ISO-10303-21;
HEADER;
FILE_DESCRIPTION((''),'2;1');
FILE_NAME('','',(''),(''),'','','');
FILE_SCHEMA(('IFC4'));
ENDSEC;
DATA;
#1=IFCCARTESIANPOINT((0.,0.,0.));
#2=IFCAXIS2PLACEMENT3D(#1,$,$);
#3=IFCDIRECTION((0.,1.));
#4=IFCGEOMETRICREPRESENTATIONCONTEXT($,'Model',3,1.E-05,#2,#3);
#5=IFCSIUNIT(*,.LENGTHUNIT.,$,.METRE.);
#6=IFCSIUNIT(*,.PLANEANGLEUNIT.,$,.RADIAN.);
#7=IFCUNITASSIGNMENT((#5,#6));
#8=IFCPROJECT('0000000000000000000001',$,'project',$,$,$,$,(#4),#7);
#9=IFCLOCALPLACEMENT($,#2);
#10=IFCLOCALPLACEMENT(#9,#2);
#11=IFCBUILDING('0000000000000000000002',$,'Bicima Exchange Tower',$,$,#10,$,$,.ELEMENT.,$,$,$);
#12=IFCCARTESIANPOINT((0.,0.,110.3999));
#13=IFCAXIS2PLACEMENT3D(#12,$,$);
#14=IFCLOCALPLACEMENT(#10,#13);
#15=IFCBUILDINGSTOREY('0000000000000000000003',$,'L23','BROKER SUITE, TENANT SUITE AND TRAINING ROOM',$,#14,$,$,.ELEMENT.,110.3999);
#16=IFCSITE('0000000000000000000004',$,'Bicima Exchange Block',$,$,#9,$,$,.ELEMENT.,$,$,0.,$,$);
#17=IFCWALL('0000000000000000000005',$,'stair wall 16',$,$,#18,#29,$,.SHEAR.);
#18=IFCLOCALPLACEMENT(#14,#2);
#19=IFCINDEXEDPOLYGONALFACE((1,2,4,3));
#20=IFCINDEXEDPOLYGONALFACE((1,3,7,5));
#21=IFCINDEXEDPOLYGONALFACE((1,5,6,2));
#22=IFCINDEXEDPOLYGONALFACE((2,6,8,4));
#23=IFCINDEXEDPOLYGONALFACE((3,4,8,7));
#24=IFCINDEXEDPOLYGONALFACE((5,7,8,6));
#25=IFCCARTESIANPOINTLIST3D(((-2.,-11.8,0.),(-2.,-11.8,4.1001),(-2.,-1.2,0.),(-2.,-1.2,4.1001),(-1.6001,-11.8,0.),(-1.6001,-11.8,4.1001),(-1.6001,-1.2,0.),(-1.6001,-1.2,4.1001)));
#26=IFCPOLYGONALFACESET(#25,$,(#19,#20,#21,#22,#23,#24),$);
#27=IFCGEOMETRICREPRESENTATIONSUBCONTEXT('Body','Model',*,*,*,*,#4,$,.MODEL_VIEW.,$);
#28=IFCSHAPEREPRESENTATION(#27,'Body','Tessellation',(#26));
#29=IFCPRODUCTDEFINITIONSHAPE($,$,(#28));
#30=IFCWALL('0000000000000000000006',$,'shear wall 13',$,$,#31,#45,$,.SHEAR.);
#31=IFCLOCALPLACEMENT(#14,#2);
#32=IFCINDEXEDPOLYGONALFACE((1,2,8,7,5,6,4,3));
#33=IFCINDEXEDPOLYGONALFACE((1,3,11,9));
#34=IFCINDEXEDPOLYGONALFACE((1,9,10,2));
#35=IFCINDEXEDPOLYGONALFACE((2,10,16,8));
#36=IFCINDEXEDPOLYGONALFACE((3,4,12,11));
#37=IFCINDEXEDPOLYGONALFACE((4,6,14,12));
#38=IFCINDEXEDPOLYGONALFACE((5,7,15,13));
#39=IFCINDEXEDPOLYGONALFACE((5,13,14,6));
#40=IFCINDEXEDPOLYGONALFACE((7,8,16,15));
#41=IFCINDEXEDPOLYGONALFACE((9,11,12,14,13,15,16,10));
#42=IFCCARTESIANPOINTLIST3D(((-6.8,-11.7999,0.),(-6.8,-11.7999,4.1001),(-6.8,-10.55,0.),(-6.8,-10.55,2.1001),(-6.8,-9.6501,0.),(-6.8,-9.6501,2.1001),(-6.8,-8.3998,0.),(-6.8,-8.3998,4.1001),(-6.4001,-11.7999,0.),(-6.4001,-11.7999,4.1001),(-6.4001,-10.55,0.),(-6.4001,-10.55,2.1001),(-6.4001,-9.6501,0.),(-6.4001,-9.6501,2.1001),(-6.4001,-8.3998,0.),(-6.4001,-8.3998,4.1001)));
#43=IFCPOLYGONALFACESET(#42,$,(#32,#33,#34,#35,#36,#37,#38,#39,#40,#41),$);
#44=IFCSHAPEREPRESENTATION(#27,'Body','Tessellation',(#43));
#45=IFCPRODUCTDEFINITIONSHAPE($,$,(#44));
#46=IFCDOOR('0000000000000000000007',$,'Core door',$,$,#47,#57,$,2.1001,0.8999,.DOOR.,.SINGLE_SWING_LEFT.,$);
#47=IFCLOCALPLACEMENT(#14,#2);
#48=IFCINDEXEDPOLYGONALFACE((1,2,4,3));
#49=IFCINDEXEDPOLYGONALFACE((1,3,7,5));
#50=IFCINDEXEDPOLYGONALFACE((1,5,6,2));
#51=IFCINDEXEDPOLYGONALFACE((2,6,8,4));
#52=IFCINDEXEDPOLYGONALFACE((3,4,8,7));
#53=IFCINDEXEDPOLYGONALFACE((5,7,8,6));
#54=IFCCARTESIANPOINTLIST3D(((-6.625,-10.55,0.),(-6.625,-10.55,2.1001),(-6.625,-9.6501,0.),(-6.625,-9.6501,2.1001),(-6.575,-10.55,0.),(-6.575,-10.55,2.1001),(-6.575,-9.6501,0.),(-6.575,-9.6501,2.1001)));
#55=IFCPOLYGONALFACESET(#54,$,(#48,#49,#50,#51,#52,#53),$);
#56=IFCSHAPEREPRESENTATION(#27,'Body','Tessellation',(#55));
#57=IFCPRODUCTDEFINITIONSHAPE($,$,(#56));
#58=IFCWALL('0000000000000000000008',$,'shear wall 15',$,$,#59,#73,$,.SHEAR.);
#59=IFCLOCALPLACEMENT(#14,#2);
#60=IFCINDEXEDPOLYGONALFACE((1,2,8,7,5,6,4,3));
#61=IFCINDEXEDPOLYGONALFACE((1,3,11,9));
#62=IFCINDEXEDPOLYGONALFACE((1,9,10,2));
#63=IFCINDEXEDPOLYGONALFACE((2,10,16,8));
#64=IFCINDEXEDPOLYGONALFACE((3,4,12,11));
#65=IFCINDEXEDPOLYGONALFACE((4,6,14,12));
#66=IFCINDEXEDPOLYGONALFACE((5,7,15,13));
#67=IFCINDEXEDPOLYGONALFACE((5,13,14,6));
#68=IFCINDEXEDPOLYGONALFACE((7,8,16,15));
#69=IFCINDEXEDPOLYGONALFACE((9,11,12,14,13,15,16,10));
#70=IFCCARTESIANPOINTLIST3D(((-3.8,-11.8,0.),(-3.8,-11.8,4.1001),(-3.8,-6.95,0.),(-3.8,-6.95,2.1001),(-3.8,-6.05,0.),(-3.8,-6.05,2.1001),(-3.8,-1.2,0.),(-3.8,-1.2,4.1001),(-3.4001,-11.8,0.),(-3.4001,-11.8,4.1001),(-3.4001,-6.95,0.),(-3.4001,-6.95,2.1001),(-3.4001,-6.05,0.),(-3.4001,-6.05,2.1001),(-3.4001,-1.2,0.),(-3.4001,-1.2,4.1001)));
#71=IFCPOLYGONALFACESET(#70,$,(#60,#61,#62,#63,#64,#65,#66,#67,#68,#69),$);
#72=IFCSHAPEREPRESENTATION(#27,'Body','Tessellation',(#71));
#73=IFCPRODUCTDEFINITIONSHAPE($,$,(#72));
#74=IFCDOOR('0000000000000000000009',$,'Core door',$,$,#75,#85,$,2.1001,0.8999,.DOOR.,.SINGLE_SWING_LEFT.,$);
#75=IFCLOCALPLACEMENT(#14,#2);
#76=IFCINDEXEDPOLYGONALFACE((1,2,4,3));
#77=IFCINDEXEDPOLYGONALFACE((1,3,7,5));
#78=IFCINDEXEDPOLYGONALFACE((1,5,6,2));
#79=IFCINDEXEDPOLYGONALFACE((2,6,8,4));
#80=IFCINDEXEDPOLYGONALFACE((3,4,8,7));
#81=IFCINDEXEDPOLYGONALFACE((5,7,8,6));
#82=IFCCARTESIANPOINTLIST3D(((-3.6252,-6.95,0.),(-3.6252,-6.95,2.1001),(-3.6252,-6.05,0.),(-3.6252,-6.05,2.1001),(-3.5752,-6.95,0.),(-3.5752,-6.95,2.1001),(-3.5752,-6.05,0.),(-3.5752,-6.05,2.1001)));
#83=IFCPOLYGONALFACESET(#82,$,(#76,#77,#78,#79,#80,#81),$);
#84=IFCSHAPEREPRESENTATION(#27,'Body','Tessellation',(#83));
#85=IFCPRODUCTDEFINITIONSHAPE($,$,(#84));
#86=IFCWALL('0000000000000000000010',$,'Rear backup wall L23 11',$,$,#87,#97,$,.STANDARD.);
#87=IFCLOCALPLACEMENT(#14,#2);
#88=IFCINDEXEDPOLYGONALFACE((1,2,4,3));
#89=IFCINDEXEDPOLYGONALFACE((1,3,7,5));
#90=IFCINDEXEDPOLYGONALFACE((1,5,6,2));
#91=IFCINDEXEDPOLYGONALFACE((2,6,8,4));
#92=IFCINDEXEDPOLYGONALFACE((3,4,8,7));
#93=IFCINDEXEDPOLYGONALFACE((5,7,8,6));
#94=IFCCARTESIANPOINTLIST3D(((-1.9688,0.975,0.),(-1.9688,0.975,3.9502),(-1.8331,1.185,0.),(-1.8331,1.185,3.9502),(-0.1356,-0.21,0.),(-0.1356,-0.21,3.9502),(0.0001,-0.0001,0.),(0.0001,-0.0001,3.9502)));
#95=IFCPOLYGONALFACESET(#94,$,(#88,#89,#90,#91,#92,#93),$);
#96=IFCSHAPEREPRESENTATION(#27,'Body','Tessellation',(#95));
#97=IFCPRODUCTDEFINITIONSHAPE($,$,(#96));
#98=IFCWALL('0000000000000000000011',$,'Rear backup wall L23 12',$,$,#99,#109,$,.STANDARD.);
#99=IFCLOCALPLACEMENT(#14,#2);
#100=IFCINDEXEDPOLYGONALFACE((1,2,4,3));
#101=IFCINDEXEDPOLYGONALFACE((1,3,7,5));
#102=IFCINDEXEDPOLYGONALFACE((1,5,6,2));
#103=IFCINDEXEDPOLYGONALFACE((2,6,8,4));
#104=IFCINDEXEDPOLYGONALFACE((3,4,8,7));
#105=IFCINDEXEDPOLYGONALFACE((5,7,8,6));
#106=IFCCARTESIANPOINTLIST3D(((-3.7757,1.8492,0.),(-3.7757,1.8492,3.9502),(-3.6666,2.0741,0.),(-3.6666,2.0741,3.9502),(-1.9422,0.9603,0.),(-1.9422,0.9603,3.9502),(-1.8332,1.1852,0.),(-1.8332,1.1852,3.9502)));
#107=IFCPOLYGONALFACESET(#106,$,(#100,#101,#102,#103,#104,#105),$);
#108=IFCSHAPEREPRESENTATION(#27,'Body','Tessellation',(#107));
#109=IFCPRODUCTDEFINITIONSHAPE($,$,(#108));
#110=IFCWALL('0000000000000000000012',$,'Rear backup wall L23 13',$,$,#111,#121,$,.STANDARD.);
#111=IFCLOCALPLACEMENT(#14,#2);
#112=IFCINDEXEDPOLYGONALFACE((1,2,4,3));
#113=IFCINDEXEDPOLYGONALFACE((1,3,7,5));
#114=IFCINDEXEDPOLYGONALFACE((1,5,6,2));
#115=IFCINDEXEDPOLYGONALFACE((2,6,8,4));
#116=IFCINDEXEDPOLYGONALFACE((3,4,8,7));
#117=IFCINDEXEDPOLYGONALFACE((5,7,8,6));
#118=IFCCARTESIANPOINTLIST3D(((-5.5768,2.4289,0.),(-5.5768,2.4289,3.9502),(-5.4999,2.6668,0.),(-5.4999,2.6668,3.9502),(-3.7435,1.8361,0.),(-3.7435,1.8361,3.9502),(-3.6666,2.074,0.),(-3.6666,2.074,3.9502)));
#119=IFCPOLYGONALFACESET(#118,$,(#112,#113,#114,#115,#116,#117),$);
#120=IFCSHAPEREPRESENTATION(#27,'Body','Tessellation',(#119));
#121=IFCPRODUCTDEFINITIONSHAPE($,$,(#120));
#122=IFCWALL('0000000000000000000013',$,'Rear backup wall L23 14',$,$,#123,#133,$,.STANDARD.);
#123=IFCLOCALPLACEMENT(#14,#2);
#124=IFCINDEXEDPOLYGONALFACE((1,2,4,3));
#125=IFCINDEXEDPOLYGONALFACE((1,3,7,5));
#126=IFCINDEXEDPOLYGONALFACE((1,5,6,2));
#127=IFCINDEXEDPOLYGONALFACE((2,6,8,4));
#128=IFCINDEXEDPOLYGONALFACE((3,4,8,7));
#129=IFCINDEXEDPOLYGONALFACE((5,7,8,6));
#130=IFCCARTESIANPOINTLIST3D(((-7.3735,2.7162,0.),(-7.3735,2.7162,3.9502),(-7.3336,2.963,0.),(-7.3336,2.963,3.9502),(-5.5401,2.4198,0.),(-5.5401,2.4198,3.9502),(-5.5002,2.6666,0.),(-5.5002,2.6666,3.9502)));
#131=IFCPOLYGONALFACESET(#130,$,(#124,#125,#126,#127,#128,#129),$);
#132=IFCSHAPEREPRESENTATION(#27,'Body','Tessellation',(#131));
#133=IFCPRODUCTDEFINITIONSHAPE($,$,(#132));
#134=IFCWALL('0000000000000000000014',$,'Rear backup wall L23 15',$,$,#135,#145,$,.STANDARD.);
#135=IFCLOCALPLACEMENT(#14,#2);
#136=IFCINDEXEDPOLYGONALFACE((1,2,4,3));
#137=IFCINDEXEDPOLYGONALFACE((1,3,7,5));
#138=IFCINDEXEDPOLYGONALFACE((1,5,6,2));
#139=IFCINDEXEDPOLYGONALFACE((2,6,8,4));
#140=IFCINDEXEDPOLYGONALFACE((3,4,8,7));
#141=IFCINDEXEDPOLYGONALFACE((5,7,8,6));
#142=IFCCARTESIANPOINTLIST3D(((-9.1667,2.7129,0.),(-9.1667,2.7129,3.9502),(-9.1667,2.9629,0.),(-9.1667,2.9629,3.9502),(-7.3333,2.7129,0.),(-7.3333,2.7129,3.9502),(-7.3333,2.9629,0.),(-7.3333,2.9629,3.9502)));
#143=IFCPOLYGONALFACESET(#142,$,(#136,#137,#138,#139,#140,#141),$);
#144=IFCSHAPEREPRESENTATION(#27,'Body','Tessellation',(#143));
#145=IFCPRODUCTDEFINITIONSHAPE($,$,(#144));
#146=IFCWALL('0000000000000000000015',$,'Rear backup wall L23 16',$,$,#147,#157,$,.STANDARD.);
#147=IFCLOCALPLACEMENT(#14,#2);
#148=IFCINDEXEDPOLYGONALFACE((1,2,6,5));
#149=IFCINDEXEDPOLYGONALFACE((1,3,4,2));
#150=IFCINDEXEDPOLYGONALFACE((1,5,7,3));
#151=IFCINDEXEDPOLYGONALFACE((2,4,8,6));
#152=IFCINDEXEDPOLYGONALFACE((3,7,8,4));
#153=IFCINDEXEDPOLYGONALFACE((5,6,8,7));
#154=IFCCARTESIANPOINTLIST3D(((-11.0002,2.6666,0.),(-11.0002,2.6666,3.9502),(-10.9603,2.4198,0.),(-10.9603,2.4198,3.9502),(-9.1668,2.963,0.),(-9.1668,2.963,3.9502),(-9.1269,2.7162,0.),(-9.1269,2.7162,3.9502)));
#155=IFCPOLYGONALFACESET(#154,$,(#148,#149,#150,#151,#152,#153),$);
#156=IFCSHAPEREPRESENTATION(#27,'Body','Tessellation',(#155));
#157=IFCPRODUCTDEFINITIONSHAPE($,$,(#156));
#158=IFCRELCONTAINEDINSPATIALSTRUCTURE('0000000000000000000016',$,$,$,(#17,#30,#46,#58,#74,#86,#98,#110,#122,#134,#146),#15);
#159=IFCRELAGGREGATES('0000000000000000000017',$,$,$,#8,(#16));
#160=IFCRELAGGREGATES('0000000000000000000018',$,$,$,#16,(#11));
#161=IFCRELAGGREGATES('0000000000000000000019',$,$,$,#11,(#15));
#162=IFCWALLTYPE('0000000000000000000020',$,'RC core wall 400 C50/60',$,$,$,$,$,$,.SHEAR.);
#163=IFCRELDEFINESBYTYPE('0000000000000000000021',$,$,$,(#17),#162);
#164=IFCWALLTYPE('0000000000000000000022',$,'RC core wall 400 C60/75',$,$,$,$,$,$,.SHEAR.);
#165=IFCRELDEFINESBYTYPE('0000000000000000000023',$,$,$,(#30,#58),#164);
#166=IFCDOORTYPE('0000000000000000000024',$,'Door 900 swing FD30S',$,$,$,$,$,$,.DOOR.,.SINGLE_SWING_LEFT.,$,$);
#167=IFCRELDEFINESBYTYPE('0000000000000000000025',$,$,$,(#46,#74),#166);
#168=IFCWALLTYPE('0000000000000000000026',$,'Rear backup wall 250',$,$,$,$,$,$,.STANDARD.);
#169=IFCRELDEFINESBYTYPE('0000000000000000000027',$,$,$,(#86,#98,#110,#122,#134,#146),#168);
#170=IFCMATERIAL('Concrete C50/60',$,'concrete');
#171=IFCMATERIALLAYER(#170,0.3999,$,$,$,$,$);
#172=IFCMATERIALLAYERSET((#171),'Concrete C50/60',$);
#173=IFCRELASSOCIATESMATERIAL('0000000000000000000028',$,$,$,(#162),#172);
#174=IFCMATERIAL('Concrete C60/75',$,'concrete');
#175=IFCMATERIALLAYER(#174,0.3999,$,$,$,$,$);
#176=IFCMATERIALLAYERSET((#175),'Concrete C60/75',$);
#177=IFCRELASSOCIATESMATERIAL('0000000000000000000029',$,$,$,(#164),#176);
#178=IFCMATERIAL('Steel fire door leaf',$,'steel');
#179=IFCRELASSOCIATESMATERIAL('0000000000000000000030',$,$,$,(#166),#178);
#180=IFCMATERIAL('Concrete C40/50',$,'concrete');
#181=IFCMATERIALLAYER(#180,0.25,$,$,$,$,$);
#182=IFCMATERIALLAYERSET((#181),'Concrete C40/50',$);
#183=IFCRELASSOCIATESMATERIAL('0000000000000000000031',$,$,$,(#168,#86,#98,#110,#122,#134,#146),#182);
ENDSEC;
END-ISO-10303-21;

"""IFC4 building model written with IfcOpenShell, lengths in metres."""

from ifc_helpers import new_model, si_unit, direction, frame, frame_2d, origin, place, context, subcontext, project, spatial, rectangle, extrude, material, layer, layer_set, layer_usage, type_object, element, fill, save


model = new_model("IFC4")

# Units and contexts
model_context = context("Model", 3, precision=1e-05, world=origin(), true_north=direction((0.0, 1.0)))
body_context = subcontext(model_context, "Body", "Model", "MODEL_VIEW")
ifc_project = project(units=[si_unit("LENGTHUNIT", "METRE"), si_unit("PLANEANGLEUNIT", "RADIAN")], contexts=[model_context])

# Site, building, storey
site_placement = place(None, origin())
site = spatial("IfcSite", under=ifc_project, at=site_placement, Name="Bicima Exchange Block", CompositionType="ELEMENT", RefElevation=0.0)
building_placement = place(site_placement, origin())
building = spatial("IfcBuilding", under=site, at=building_placement, Name="Bicima Exchange Tower", CompositionType="ELEMENT")
storey_placement = place(building_placement, frame((0.0, 0.0, 110.3999)))
storey = spatial("IfcBuildingStorey", under=building, at=storey_placement, Name="L23", Description="BROKER SUITE, TENANT SUITE AND TRAINING ROOM", CompositionType="ELEMENT", Elevation=110.3999)

# Shared definitions
ifc_material_1 = material(Name="Concrete C40/50", Category="concrete")

# Shared definitions
ifc_material_2 = material(Name="Concrete C50/60", Category="concrete")
ifc_layer_1 = layer(ifc_material_2, 0.3999)
ifc_layer_set_1 = layer_set([ifc_layer_1], Name="Concrete C50/60")
wall_type_1 = type_object("IfcWallType", Name="RC core wall 400 C50/60", PredefinedType="SHEAR", material=ifc_layer_set_1)
ifc_material_3 = material(Name="Steel fire door leaf", Category="steel")

# Wall
wall_1_placement = place(storey_placement, frame((-1.8, -11.8, 0.0), z_axis=(0.0, 0.0, 1.0), x_axis=(0.0, 1.0, 0.0)))
element("IfcWall", 1, at=wall_1_placement, inside=storey, type_object=wall_type_1, Name="stair wall 16", PredefinedType="SHEAR", context=body_context, shape_type="SweptSolid", body=[
    extrude(rectangle(XDim=10.6001, YDim=0.3999, at=frame_2d((5.3, 0.0))), origin(), (0.0, 0.0, 1.0), 4.1001),
])

# Walls, openings, doors
ifc_material_4 = material(Name="Concrete C60/75", Category="concrete")
ifc_layer_2 = layer(ifc_material_4, 0.3999)
ifc_layer_set_2 = layer_set([ifc_layer_2], Name="Concrete C60/75")
wall_type_2 = type_object("IfcWallType", Name="RC core wall 400 C60/75", PredefinedType="SHEAR", material=ifc_layer_set_2)
wall_2_placement = place(storey_placement, frame((-6.6001, -11.8, 0.0), z_axis=(0.0, 0.0, 1.0), x_axis=(0.0, 1.0, 0.0)))
wall_2 = element("IfcWall", 2, at=wall_2_placement, inside=storey, type_object=wall_type_2, Name="shear wall 13", PredefinedType="SHEAR", context=body_context, shape_type="SweptSolid", body=[
    extrude(rectangle(XDim=3.4001, YDim=0.3999, at=frame_2d((1.7002, 0.0))), origin(), (0.0, 0.0, 1.0), 4.1001),
])
opening_1_placement = place(wall_2_placement, frame((1.25, 0.0, 0.0)))
opening_1 = element("IfcOpeningElement", 3, at=opening_1_placement, cuts=wall_2, PredefinedType="OPENING", context=body_context, shape_type="SweptSolid", body=[
    extrude(rectangle(XDim=0.8999, YDim=2.1001, at=frame_2d((0.45, 1.05))), frame((0.0, 0.2119, 0.0), z_axis=(0.0, -1.0, 0.0), x_axis=(1.0, 0.0, 0.0)), (0.0, 0.0, 1.0), 0.4238),
])
door_type_1 = type_object("IfcDoorType", Name="Door 900 swing FD30S", OperationType="SINGLE_SWING_LEFT", PredefinedType="DOOR", material=ifc_material_3)
door_1_placement = place(opening_1_placement, origin())
door_1 = element("IfcDoor", 4, at=door_1_placement, inside=storey, type_object=door_type_1, Name="Core door", OperationType="SINGLE_SWING_LEFT", OverallHeight=2.1001, OverallWidth=0.8999, PredefinedType="DOOR", context=body_context, shape_type="SweptSolid", body=[
    extrude(rectangle(XDim=0.8999, YDim=2.1001, at=frame_2d((0.45, 1.05))), frame((0.0, 0.0249, 0.0), z_axis=(0.0, -1.0, 0.0), x_axis=(1.0, 0.0, 0.0)), (0.0, 0.0, 1.0), 0.05),
])
fill(opening_1, door_1)
wall_3_placement = place(storey_placement, frame((-3.6001, -11.8, 0.0), z_axis=(0.0, 0.0, 1.0), x_axis=(0.0, 1.0, 0.0)))
wall_3 = element("IfcWall", 5, at=wall_3_placement, inside=storey, type_object=wall_type_2, Name="shear wall 15", PredefinedType="SHEAR", context=body_context, shape_type="SweptSolid", body=[
    extrude(rectangle(XDim=10.6001, YDim=0.3999, at=frame_2d((5.3, 0.0))), origin(), (0.0, 0.0, 1.0), 4.1001),
])
opening_2_placement = place(wall_3_placement, frame((4.8501, 0.0, 0.0)))
opening_2 = element("IfcOpeningElement", 6, at=opening_2_placement, cuts=wall_3, PredefinedType="OPENING", context=body_context, shape_type="SweptSolid", body=[
    extrude(rectangle(XDim=0.8999, YDim=2.1001, at=frame_2d((0.45, 1.05))), frame((0.0, 0.2119, 0.0), z_axis=(0.0, -1.0, 0.0), x_axis=(1.0, 0.0, 0.0)), (0.0, 0.0, 1.0), 0.4238),
])
door_2_placement = place(opening_2_placement, frame((0.8999, 0.0, 0.0), z_axis=(0.0, 0.0, 1.0), x_axis=(-1.0, 0.0, 0.0)))
door_2 = element("IfcDoor", 7, at=door_2_placement, inside=storey, type_object=door_type_1, Name="Core door", OperationType="SINGLE_SWING_LEFT", OverallHeight=2.1001, OverallWidth=0.8999, PredefinedType="DOOR", context=body_context, shape_type="SweptSolid", body=[
    extrude(rectangle(XDim=0.8999, YDim=2.1001, at=frame_2d((0.45, 1.05))), frame((0.0, 0.0249, 0.0), z_axis=(0.0, -1.0, 0.0), x_axis=(1.0, 0.0, 0.0)), (0.0, 0.0, 1.0), 0.05),
])
fill(opening_2, door_2)

# Walls
ifc_layer_3 = layer(ifc_material_1, 0.25)
ifc_layer_set_3 = layer_set([ifc_layer_3], Name="Concrete C40/50")
ifc_layer_usage = layer_usage(ifc_layer_set_3, "AXIS2", "POSITIVE", -0.125)
wall_type_3 = type_object("IfcWallType", Name="Rear backup wall 250", PredefinedType="STANDARD", material=ifc_layer_set_3)
wall_4_placement = place(storey_placement, frame((-0.0679, -0.105, 0.0), z_axis=(0.0, 0.0, 1.0), x_axis=(-0.839813, 0.542876, 0.0)))
element("IfcWall", 8, at=wall_4_placement, inside=storey, type_object=wall_type_3, material=ifc_layer_usage, Name="Rear backup wall L23 11", PredefinedType="STANDARD", context=body_context, shape_type="SweptSolid", body=[
    extrude(rectangle(XDim=2.1829, YDim=0.25, at=frame_2d((1.0913, 0.0))), origin(), (0.0, 0.0, 1.0), 3.9502),
])
wall_5_placement = place(storey_placement, frame((-1.8877, 1.0728, 0.0), z_axis=(0.0, 0.0, 1.0), x_axis=(-0.899824, 0.436253, 0.0)))
element("IfcWall", 9, at=wall_5_placement, inside=storey, type_object=wall_type_3, material=ifc_layer_usage, Name="Rear backup wall L23 12", PredefinedType="STANDARD", context=body_context, shape_type="SweptSolid", body=[
    extrude(rectangle(XDim=2.0376, YDim=0.25, at=frame_2d((1.0188, 0.0))), origin(), (0.0, 0.0, 1.0), 3.9502),
])
wall_6_placement = place(storey_placement, frame((-3.7051, 1.9551, 0.0), z_axis=(0.0, 0.0, 1.0), x_axis=(-0.951496, 0.307662, 0.0)))
element("IfcWall", 10, at=wall_6_placement, inside=storey, type_object=wall_type_3, material=ifc_layer_usage, Name="Rear backup wall L23 13", PredefinedType="STANDARD", context=body_context, shape_type="SweptSolid", body=[
    extrude(rectangle(XDim=1.9268, YDim=0.25, at=frame_2d((0.9634, 0.0))), origin(), (0.0, 0.0, 1.0), 3.9502),
])
wall_7_placement = place(storey_placement, frame((-5.52, 2.5432, 0.0), z_axis=(0.0, 0.0, 1.0), x_axis=(-0.987182, 0.1596, 0.0)))
element("IfcWall", 11, at=wall_7_placement, inside=storey, type_object=wall_type_3, material=ifc_layer_usage, Name="Rear backup wall L23 14", PredefinedType="STANDARD", context=body_context, shape_type="SweptSolid", body=[
    extrude(rectangle(XDim=1.8572, YDim=0.25, at=frame_2d((0.9287, 0.0))), origin(), (0.0, 0.0, 1.0), 3.9502),
])
wall_8_placement = place(storey_placement, frame((-7.3333, 2.8379, 0.0), z_axis=(0.0, 0.0, 1.0), x_axis=(-1.0, 0.0, 0.0)))
element("IfcWall", 12, at=wall_8_placement, inside=storey, type_object=wall_type_3, material=ifc_layer_usage, Name="Rear backup wall L23 15", PredefinedType="STANDARD", context=body_context, shape_type="SweptSolid", body=[
    extrude(rectangle(XDim=1.8335, YDim=0.25, at=frame_2d((0.9167, 0.0))), origin(), (0.0, 0.0, 1.0), 3.9502),
])
wall_9_placement = place(storey_placement, frame((-9.1467, 2.8396, 0.0), z_axis=(0.0, 0.0, 1.0), x_axis=(-0.987182, -0.1596, 0.0)))
element("IfcWall", 13, at=wall_9_placement, inside=storey, type_object=wall_type_3, material=ifc_layer_usage, Name="Rear backup wall L23 16", PredefinedType="STANDARD", context=body_context, shape_type="SweptSolid", body=[
    extrude(rectangle(XDim=1.8572, YDim=0.25, at=frame_2d((0.9287, 0.0))), origin(), (0.0, 0.0, 1.0), 3.9502),
])

save(model, "model.ifc")
